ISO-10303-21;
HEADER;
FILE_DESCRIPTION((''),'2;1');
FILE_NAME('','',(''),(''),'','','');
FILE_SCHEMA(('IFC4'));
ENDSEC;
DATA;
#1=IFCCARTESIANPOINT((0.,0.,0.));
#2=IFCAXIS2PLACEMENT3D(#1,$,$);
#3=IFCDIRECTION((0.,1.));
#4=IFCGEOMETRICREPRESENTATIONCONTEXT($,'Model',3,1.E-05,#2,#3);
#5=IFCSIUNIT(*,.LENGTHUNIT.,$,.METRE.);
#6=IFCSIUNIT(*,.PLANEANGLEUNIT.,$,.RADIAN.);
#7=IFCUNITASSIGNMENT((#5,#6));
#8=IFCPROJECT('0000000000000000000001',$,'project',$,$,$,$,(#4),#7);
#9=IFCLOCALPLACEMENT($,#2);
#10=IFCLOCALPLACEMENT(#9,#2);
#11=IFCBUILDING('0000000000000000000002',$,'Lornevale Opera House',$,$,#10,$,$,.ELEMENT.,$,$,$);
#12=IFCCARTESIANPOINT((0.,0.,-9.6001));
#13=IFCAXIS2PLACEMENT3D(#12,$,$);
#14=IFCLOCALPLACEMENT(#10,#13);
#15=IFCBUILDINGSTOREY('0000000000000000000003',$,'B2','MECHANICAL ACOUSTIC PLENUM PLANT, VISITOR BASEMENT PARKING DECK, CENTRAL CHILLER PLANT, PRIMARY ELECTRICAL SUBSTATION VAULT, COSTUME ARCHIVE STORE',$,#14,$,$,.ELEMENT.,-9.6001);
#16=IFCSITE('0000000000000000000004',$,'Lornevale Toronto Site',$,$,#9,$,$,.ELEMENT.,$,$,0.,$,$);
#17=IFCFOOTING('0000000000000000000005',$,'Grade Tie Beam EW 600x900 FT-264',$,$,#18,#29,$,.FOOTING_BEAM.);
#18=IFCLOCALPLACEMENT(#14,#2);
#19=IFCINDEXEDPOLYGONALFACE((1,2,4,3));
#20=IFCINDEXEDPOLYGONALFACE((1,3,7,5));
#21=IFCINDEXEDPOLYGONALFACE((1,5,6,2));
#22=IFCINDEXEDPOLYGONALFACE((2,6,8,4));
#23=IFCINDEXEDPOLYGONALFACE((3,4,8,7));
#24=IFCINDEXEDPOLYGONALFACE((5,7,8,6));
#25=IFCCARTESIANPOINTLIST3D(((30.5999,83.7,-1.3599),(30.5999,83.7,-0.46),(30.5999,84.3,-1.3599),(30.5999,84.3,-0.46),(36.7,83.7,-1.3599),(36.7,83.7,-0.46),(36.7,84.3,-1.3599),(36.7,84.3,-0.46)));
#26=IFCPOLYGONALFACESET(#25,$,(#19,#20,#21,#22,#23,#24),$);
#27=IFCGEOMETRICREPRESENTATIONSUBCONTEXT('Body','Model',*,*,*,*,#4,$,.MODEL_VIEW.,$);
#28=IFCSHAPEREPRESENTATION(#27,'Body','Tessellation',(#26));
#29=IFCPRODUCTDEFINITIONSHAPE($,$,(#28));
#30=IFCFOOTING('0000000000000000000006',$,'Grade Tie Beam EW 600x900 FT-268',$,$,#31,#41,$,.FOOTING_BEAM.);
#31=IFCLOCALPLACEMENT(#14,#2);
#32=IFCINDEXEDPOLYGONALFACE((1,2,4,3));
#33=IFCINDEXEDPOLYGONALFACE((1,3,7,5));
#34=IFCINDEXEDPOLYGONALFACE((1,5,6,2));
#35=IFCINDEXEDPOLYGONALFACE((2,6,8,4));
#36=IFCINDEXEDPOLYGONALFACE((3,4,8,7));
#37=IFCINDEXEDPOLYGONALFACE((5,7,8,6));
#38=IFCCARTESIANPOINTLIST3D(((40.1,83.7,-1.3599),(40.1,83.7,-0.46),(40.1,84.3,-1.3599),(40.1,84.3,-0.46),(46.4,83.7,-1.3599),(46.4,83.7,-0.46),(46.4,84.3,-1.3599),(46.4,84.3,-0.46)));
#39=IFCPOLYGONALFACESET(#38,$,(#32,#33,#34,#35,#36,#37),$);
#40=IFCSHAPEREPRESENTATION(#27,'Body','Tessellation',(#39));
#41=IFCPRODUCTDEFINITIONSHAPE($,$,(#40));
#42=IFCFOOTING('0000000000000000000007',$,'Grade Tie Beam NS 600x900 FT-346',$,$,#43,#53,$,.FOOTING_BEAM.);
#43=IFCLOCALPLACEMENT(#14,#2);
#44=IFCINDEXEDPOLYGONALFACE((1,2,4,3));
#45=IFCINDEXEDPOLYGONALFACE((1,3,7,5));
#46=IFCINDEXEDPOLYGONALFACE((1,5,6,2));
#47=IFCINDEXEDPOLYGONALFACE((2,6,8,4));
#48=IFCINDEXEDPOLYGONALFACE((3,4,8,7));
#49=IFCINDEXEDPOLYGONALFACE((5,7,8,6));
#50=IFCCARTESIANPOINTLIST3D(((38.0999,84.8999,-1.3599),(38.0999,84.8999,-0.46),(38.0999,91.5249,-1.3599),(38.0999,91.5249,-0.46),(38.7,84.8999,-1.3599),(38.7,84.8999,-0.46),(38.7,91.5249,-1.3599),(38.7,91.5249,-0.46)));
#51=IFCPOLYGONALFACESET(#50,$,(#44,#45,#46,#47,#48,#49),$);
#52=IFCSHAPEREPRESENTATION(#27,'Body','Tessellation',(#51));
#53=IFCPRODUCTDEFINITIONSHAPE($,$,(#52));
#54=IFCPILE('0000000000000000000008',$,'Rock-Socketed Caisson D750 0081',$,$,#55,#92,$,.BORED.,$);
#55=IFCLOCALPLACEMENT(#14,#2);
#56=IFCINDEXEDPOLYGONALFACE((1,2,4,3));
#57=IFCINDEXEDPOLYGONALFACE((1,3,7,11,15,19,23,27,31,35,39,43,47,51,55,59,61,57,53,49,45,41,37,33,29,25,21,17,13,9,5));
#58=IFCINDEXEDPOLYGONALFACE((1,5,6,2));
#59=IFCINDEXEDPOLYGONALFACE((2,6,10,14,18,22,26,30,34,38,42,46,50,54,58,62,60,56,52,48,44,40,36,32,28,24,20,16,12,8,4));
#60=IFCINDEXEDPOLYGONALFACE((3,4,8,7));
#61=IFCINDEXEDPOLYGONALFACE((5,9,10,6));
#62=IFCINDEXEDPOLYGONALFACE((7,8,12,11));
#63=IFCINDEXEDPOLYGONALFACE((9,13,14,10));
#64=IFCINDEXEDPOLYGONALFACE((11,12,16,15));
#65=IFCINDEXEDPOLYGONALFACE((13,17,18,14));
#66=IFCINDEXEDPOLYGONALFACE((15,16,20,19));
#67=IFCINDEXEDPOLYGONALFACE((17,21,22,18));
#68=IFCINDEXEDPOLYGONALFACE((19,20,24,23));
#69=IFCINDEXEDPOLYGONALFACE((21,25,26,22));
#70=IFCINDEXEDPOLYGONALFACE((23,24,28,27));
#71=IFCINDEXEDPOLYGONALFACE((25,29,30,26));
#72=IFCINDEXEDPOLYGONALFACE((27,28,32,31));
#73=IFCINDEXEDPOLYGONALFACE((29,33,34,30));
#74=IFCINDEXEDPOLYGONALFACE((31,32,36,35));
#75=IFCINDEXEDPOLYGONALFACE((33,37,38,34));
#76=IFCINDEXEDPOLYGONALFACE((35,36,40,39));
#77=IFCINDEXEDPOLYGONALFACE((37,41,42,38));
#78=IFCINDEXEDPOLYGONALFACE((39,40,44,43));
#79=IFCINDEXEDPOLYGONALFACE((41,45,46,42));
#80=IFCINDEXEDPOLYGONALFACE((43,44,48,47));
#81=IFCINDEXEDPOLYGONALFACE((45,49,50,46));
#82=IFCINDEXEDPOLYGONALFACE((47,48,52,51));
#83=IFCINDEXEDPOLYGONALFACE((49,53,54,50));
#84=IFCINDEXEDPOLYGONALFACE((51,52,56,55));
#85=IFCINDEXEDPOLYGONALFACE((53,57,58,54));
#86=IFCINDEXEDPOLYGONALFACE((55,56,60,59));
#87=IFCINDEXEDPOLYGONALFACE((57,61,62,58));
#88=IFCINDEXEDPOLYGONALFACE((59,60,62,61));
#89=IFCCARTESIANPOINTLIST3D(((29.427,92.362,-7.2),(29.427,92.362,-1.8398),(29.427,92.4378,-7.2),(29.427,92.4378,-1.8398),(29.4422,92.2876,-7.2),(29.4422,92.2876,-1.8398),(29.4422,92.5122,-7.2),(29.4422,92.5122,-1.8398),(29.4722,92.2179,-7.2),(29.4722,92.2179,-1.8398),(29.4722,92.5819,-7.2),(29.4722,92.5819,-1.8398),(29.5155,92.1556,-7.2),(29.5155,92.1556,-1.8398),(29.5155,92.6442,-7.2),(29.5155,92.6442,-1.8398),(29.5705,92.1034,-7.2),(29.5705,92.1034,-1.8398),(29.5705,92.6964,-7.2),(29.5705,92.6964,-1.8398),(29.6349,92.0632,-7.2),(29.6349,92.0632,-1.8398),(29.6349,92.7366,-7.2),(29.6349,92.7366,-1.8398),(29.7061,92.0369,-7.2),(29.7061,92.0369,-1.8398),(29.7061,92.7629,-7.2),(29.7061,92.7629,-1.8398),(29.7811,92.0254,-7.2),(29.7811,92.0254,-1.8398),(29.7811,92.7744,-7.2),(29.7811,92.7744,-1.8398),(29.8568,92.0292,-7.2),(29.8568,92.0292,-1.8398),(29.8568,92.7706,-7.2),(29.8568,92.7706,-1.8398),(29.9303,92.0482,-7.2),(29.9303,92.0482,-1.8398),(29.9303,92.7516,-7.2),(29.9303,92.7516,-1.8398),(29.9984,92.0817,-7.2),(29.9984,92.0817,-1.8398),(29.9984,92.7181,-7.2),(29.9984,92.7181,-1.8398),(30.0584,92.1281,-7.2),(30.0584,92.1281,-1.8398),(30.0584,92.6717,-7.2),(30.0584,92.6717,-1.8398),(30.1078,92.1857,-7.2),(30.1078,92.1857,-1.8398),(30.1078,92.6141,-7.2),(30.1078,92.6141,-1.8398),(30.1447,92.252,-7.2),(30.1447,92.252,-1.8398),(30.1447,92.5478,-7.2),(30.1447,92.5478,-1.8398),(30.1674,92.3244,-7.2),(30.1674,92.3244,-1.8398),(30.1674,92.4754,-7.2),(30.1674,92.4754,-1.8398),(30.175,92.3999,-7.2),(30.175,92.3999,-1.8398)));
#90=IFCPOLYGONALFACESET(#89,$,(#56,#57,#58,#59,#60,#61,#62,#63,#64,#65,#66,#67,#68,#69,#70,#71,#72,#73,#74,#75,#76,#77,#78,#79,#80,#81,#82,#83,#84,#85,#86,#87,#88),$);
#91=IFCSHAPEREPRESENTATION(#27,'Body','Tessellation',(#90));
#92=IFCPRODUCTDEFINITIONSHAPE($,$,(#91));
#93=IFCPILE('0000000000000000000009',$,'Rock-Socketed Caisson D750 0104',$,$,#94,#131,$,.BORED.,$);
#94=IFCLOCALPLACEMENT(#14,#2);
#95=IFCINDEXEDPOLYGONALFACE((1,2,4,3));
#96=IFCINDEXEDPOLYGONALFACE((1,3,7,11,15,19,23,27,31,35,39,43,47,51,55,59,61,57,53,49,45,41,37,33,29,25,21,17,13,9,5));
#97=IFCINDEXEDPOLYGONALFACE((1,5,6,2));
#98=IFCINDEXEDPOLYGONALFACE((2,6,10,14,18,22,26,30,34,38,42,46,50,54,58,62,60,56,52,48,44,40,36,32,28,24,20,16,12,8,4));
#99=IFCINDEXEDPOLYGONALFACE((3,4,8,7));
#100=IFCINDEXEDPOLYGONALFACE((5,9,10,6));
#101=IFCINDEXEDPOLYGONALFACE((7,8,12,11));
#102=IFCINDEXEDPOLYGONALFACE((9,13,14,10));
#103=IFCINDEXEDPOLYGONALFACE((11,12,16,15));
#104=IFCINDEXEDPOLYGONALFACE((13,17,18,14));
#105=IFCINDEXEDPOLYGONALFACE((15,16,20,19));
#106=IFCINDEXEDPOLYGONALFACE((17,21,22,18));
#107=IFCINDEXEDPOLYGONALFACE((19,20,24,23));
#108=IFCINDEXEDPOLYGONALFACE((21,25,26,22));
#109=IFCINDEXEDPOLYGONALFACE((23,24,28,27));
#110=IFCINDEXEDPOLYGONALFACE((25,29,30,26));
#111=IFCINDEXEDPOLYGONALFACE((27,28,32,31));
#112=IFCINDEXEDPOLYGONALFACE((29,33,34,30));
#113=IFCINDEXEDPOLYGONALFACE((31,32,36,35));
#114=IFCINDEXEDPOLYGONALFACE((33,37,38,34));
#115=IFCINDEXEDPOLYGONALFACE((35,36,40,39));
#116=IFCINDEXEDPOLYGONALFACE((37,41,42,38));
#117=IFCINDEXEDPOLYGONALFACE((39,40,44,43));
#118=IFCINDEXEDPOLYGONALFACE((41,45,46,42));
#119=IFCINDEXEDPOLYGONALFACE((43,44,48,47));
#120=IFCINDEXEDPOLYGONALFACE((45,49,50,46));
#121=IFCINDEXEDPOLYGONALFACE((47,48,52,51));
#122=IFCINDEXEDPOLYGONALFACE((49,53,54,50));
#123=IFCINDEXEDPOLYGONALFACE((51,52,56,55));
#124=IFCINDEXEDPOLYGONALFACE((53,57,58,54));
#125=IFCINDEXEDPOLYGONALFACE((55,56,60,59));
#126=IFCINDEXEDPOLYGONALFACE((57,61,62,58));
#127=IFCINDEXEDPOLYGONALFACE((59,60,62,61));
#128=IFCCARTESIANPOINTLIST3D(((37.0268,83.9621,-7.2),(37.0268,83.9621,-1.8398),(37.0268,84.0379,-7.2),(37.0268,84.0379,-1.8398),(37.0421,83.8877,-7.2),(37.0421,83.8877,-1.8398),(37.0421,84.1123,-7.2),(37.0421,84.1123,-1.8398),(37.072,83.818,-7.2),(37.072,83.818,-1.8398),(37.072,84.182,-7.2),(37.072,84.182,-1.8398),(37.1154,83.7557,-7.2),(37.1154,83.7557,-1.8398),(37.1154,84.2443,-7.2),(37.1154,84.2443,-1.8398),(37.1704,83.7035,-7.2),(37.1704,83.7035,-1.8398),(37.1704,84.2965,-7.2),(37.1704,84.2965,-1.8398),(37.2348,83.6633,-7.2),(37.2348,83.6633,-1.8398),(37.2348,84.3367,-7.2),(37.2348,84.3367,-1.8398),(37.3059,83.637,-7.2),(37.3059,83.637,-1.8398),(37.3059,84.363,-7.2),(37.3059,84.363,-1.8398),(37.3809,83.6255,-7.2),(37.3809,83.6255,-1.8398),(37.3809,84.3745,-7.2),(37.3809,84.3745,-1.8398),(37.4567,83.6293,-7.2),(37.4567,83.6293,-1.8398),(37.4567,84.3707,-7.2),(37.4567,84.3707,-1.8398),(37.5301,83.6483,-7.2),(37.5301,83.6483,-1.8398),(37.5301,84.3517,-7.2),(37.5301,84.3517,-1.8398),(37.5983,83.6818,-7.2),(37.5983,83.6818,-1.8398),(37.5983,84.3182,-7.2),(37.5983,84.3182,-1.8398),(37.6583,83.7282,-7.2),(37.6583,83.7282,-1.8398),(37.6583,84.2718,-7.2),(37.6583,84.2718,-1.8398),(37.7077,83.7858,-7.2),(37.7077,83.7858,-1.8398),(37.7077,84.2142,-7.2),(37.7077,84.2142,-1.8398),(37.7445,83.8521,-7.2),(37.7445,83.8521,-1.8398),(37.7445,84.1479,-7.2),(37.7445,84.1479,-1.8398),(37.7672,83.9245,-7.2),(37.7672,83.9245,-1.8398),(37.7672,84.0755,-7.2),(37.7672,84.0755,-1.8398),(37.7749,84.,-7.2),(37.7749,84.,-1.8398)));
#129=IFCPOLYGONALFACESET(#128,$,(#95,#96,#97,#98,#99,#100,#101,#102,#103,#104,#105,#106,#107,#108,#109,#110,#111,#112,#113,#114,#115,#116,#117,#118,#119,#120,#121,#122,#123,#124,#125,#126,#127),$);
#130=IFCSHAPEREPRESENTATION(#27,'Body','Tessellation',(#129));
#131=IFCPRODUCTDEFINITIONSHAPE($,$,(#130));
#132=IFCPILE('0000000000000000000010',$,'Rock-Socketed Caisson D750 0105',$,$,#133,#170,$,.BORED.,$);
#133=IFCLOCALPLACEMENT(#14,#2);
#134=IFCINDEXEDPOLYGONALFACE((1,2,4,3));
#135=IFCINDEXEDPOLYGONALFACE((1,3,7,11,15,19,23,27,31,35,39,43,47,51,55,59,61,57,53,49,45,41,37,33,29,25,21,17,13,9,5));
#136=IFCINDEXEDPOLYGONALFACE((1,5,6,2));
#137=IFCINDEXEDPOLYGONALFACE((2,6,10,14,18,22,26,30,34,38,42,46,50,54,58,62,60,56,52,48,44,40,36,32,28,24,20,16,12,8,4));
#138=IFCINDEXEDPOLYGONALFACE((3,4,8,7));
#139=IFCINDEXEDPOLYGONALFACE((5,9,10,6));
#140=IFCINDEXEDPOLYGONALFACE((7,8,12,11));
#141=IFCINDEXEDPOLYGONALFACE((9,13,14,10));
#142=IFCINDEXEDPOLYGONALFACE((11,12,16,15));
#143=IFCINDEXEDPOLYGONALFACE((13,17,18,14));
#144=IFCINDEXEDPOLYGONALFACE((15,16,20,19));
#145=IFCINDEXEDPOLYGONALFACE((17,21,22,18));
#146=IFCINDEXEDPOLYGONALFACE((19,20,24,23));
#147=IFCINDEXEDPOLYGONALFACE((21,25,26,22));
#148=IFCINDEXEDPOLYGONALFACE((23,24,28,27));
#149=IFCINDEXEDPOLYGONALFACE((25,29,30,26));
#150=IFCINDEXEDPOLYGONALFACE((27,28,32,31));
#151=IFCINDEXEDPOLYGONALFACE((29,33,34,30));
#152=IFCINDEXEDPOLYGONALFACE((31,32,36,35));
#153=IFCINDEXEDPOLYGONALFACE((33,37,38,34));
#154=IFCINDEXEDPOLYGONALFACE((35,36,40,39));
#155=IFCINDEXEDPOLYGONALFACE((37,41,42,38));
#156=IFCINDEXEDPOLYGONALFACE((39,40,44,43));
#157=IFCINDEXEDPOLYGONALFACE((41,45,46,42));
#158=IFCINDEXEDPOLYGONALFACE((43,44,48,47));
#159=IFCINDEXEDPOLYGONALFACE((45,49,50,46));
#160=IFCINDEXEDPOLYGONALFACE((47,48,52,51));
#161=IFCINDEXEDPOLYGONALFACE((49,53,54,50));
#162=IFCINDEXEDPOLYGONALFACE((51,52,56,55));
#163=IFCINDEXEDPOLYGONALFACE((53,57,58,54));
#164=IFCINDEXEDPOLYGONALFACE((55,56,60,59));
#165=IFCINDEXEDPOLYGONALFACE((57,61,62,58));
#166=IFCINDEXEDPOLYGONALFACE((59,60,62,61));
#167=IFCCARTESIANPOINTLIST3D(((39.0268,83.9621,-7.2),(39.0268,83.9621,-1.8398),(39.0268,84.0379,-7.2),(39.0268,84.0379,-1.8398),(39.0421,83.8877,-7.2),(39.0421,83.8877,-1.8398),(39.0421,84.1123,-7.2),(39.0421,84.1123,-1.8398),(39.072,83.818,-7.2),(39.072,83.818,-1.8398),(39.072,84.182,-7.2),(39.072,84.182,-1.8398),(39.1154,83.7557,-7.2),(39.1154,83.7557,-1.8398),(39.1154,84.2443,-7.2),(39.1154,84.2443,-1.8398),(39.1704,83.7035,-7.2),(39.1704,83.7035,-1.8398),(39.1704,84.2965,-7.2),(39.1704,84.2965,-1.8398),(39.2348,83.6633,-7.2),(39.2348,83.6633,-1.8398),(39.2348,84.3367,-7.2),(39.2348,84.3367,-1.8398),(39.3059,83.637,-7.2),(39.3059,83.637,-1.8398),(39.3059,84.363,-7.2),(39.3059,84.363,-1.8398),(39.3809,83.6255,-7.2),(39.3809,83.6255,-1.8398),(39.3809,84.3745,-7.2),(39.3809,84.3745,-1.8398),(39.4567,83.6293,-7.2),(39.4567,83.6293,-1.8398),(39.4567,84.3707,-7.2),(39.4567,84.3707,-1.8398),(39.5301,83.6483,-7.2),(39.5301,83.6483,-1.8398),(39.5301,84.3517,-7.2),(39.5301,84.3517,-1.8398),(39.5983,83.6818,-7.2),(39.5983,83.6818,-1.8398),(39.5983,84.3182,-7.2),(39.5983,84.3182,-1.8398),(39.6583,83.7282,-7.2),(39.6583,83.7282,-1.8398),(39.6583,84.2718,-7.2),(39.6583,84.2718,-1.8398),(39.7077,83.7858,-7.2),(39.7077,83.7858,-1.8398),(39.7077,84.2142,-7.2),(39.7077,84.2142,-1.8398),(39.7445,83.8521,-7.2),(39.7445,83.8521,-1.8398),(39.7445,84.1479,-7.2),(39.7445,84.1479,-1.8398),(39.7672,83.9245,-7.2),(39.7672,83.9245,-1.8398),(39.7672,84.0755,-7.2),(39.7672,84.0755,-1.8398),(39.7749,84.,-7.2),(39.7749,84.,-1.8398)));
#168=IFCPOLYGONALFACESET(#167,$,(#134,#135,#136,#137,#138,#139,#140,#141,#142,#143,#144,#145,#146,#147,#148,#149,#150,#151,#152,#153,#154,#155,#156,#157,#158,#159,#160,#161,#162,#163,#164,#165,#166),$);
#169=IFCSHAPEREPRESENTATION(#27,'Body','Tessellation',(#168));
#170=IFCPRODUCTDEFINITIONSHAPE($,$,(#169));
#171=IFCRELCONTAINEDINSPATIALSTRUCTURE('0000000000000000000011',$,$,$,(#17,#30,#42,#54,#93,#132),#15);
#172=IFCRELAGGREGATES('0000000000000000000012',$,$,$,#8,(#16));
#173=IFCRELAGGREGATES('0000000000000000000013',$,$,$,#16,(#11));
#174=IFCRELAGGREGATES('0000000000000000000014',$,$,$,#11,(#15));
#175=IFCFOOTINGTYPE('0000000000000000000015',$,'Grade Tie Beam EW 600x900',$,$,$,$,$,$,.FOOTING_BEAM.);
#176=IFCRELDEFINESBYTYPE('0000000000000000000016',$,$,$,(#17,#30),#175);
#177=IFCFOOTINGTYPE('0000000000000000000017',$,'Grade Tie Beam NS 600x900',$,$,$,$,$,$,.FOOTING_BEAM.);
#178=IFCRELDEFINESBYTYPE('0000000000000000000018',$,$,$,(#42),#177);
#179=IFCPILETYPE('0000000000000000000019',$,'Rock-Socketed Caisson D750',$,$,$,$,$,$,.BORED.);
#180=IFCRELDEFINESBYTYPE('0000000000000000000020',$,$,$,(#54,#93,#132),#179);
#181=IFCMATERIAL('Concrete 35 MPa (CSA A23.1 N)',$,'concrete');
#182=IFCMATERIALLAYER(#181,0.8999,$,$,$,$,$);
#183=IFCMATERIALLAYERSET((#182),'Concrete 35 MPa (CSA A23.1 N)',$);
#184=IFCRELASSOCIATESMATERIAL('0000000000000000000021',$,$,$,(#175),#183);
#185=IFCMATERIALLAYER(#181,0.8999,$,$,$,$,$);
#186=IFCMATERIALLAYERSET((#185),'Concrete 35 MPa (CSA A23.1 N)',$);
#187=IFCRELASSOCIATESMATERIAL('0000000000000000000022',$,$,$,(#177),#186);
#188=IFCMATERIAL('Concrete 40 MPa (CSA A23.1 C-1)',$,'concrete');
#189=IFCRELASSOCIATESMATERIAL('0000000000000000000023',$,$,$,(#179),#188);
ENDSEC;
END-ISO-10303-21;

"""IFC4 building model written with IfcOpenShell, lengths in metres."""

from ifc_helpers import new_model, si_unit, direction, frame, origin, origin_2d, place, context, subcontext, project, spatial, rectangle, circle, extrude, material, layer, layer_set, material_profile, profile_set, type_object, element, save


model = new_model("IFC4")

# Units and contexts
model_context = context("Model", 3, precision=1e-05, world=origin(), true_north=direction((0.0, 1.0)))
body_context = subcontext(model_context, "Body", "Model", "MODEL_VIEW")
ifc_project = project(units=[si_unit("LENGTHUNIT", "METRE"), si_unit("PLANEANGLEUNIT", "RADIAN")], contexts=[model_context])

# Site, building, storey
site_placement = place(None, origin())
site = spatial("IfcSite", under=ifc_project, at=site_placement, Name="Lornevale Toronto Site", CompositionType="ELEMENT", RefElevation=0.0)
building_placement = place(site_placement, origin())
building = spatial("IfcBuilding", under=site, at=building_placement, Name="Lornevale Opera House", CompositionType="ELEMENT")
storey_placement = place(building_placement, frame((0.0, 0.0, -9.6001)))
storey = spatial("IfcBuildingStorey", under=building, at=storey_placement, Name="B2", Description="MECHANICAL ACOUSTIC PLENUM PLANT, VISITOR BASEMENT PARKING DECK, CENTRAL CHILLER PLANT, PRIMARY ELECTRICAL SUBSTATION VAULT, COSTUME ARCHIVE STORE", CompositionType="ELEMENT", Elevation=-9.6001)

# Footings
ifc_material_1 = material(Name="Concrete 35 MPa (CSA A23.1 N)", Category="concrete")
ifc_layer_1 = layer(ifc_material_1, 0.8999)
ifc_layer_set_1 = layer_set([ifc_layer_1], Name="Concrete 35 MPa (CSA A23.1 N)")
footing_type_1 = type_object("IfcFootingType", Name="Grade Tie Beam EW 600x900", PredefinedType="FOOTING_BEAM", material=ifc_layer_set_1)
footing_1_placement = place(storey_placement, frame((33.6499, 84.0, -1.3599), z_axis=(0.0, 0.0, 1.0), x_axis=(1.0, 0.0, 0.0)))
element("IfcFooting", 1, at=footing_1_placement, inside=storey, type_object=footing_type_1, Name="Grade Tie Beam EW 600x900 FT-264", PredefinedType="FOOTING_BEAM", context=body_context, shape_type="SweptSolid", body=[
    extrude(rectangle(XDim=6.1001, YDim=0.6001, at=origin_2d()), origin(), (0.0, 0.0, 1.0), 0.8999),
])
footing_2_placement = place(storey_placement, frame((43.25, 84.0, -1.3599), z_axis=(0.0, 0.0, 1.0), x_axis=(1.0, 0.0, 0.0)))
element("IfcFooting", 2, at=footing_2_placement, inside=storey, type_object=footing_type_1, Name="Grade Tie Beam EW 600x900 FT-268", PredefinedType="FOOTING_BEAM", context=body_context, shape_type="SweptSolid", body=[
    extrude(rectangle(XDim=6.3, YDim=0.6001, at=origin_2d()), origin(), (0.0, 0.0, 1.0), 0.8999),
])
ifc_layer_2 = layer(ifc_material_1, 0.8999)
ifc_layer_set_2 = layer_set([ifc_layer_2], Name="Concrete 35 MPa (CSA A23.1 N)")
footing_type_2 = type_object("IfcFootingType", Name="Grade Tie Beam NS 600x900", PredefinedType="FOOTING_BEAM", material=ifc_layer_set_2)
footing_3_placement = place(storey_placement, frame((38.3999, 88.2124, -1.3599), z_axis=(0.0, 0.0, 1.0), x_axis=(1.0, 0.0, 0.0)))
element("IfcFooting", 3, at=footing_3_placement, inside=storey, type_object=footing_type_2, Name="Grade Tie Beam NS 600x900 FT-346", PredefinedType="FOOTING_BEAM", context=body_context, shape_type="SweptSolid", body=[
    extrude(rectangle(XDim=0.6001, YDim=6.625, at=origin_2d()), origin(), (0.0, 0.0, 1.0), 0.8999),
])

# Piles
ifc_material_2 = material(Name="Concrete 40 MPa (CSA A23.1 C-1)", Category="concrete")
ifc_material_profile_1 = material_profile(ifc_material_2, circle(Radius=0.375, at=origin_2d()), Name="CAIS750")
ifc_profile_set_1 = profile_set([ifc_material_profile_1], Name="Concrete 40 MPa (CSA A23.1 C-1)")
pile_type_1 = type_object("IfcPileType", Name="Rock-Socketed Caisson D750", PredefinedType="BORED", material=ifc_profile_set_1)
for number, where, z_axis, x_axis, name in (
    (4, (29.8, 92.3999, -1.8398), (0.0, 0.0, -1.0), (1.0, 0.0, 0.0), "Rock-Socketed Caisson D750 0081"),
    (5, (37.3999, 84.0, -1.8398), (0.0, 0.0, -1.0), (1.0, 0.0, 0.0), "Rock-Socketed Caisson D750 0104"),
    (6, (39.3999, 84.0, -1.8398), (0.0, 0.0, -1.0), (1.0, 0.0, 0.0), "Rock-Socketed Caisson D750 0105"),
):
    element("IfcPile", number, at=place(storey_placement, frame(where, z_axis=z_axis, x_axis=x_axis)), inside=storey, type_object=pile_type_1, Name=name, PredefinedType="BORED", context=body_context, shape_type="SweptSolid", body=[
        extrude(circle(Radius=0.375, at=origin_2d()), origin(), (0.0, 0.0, 1.0), 5.3601),
    ])

save(model, "model.ifc")
